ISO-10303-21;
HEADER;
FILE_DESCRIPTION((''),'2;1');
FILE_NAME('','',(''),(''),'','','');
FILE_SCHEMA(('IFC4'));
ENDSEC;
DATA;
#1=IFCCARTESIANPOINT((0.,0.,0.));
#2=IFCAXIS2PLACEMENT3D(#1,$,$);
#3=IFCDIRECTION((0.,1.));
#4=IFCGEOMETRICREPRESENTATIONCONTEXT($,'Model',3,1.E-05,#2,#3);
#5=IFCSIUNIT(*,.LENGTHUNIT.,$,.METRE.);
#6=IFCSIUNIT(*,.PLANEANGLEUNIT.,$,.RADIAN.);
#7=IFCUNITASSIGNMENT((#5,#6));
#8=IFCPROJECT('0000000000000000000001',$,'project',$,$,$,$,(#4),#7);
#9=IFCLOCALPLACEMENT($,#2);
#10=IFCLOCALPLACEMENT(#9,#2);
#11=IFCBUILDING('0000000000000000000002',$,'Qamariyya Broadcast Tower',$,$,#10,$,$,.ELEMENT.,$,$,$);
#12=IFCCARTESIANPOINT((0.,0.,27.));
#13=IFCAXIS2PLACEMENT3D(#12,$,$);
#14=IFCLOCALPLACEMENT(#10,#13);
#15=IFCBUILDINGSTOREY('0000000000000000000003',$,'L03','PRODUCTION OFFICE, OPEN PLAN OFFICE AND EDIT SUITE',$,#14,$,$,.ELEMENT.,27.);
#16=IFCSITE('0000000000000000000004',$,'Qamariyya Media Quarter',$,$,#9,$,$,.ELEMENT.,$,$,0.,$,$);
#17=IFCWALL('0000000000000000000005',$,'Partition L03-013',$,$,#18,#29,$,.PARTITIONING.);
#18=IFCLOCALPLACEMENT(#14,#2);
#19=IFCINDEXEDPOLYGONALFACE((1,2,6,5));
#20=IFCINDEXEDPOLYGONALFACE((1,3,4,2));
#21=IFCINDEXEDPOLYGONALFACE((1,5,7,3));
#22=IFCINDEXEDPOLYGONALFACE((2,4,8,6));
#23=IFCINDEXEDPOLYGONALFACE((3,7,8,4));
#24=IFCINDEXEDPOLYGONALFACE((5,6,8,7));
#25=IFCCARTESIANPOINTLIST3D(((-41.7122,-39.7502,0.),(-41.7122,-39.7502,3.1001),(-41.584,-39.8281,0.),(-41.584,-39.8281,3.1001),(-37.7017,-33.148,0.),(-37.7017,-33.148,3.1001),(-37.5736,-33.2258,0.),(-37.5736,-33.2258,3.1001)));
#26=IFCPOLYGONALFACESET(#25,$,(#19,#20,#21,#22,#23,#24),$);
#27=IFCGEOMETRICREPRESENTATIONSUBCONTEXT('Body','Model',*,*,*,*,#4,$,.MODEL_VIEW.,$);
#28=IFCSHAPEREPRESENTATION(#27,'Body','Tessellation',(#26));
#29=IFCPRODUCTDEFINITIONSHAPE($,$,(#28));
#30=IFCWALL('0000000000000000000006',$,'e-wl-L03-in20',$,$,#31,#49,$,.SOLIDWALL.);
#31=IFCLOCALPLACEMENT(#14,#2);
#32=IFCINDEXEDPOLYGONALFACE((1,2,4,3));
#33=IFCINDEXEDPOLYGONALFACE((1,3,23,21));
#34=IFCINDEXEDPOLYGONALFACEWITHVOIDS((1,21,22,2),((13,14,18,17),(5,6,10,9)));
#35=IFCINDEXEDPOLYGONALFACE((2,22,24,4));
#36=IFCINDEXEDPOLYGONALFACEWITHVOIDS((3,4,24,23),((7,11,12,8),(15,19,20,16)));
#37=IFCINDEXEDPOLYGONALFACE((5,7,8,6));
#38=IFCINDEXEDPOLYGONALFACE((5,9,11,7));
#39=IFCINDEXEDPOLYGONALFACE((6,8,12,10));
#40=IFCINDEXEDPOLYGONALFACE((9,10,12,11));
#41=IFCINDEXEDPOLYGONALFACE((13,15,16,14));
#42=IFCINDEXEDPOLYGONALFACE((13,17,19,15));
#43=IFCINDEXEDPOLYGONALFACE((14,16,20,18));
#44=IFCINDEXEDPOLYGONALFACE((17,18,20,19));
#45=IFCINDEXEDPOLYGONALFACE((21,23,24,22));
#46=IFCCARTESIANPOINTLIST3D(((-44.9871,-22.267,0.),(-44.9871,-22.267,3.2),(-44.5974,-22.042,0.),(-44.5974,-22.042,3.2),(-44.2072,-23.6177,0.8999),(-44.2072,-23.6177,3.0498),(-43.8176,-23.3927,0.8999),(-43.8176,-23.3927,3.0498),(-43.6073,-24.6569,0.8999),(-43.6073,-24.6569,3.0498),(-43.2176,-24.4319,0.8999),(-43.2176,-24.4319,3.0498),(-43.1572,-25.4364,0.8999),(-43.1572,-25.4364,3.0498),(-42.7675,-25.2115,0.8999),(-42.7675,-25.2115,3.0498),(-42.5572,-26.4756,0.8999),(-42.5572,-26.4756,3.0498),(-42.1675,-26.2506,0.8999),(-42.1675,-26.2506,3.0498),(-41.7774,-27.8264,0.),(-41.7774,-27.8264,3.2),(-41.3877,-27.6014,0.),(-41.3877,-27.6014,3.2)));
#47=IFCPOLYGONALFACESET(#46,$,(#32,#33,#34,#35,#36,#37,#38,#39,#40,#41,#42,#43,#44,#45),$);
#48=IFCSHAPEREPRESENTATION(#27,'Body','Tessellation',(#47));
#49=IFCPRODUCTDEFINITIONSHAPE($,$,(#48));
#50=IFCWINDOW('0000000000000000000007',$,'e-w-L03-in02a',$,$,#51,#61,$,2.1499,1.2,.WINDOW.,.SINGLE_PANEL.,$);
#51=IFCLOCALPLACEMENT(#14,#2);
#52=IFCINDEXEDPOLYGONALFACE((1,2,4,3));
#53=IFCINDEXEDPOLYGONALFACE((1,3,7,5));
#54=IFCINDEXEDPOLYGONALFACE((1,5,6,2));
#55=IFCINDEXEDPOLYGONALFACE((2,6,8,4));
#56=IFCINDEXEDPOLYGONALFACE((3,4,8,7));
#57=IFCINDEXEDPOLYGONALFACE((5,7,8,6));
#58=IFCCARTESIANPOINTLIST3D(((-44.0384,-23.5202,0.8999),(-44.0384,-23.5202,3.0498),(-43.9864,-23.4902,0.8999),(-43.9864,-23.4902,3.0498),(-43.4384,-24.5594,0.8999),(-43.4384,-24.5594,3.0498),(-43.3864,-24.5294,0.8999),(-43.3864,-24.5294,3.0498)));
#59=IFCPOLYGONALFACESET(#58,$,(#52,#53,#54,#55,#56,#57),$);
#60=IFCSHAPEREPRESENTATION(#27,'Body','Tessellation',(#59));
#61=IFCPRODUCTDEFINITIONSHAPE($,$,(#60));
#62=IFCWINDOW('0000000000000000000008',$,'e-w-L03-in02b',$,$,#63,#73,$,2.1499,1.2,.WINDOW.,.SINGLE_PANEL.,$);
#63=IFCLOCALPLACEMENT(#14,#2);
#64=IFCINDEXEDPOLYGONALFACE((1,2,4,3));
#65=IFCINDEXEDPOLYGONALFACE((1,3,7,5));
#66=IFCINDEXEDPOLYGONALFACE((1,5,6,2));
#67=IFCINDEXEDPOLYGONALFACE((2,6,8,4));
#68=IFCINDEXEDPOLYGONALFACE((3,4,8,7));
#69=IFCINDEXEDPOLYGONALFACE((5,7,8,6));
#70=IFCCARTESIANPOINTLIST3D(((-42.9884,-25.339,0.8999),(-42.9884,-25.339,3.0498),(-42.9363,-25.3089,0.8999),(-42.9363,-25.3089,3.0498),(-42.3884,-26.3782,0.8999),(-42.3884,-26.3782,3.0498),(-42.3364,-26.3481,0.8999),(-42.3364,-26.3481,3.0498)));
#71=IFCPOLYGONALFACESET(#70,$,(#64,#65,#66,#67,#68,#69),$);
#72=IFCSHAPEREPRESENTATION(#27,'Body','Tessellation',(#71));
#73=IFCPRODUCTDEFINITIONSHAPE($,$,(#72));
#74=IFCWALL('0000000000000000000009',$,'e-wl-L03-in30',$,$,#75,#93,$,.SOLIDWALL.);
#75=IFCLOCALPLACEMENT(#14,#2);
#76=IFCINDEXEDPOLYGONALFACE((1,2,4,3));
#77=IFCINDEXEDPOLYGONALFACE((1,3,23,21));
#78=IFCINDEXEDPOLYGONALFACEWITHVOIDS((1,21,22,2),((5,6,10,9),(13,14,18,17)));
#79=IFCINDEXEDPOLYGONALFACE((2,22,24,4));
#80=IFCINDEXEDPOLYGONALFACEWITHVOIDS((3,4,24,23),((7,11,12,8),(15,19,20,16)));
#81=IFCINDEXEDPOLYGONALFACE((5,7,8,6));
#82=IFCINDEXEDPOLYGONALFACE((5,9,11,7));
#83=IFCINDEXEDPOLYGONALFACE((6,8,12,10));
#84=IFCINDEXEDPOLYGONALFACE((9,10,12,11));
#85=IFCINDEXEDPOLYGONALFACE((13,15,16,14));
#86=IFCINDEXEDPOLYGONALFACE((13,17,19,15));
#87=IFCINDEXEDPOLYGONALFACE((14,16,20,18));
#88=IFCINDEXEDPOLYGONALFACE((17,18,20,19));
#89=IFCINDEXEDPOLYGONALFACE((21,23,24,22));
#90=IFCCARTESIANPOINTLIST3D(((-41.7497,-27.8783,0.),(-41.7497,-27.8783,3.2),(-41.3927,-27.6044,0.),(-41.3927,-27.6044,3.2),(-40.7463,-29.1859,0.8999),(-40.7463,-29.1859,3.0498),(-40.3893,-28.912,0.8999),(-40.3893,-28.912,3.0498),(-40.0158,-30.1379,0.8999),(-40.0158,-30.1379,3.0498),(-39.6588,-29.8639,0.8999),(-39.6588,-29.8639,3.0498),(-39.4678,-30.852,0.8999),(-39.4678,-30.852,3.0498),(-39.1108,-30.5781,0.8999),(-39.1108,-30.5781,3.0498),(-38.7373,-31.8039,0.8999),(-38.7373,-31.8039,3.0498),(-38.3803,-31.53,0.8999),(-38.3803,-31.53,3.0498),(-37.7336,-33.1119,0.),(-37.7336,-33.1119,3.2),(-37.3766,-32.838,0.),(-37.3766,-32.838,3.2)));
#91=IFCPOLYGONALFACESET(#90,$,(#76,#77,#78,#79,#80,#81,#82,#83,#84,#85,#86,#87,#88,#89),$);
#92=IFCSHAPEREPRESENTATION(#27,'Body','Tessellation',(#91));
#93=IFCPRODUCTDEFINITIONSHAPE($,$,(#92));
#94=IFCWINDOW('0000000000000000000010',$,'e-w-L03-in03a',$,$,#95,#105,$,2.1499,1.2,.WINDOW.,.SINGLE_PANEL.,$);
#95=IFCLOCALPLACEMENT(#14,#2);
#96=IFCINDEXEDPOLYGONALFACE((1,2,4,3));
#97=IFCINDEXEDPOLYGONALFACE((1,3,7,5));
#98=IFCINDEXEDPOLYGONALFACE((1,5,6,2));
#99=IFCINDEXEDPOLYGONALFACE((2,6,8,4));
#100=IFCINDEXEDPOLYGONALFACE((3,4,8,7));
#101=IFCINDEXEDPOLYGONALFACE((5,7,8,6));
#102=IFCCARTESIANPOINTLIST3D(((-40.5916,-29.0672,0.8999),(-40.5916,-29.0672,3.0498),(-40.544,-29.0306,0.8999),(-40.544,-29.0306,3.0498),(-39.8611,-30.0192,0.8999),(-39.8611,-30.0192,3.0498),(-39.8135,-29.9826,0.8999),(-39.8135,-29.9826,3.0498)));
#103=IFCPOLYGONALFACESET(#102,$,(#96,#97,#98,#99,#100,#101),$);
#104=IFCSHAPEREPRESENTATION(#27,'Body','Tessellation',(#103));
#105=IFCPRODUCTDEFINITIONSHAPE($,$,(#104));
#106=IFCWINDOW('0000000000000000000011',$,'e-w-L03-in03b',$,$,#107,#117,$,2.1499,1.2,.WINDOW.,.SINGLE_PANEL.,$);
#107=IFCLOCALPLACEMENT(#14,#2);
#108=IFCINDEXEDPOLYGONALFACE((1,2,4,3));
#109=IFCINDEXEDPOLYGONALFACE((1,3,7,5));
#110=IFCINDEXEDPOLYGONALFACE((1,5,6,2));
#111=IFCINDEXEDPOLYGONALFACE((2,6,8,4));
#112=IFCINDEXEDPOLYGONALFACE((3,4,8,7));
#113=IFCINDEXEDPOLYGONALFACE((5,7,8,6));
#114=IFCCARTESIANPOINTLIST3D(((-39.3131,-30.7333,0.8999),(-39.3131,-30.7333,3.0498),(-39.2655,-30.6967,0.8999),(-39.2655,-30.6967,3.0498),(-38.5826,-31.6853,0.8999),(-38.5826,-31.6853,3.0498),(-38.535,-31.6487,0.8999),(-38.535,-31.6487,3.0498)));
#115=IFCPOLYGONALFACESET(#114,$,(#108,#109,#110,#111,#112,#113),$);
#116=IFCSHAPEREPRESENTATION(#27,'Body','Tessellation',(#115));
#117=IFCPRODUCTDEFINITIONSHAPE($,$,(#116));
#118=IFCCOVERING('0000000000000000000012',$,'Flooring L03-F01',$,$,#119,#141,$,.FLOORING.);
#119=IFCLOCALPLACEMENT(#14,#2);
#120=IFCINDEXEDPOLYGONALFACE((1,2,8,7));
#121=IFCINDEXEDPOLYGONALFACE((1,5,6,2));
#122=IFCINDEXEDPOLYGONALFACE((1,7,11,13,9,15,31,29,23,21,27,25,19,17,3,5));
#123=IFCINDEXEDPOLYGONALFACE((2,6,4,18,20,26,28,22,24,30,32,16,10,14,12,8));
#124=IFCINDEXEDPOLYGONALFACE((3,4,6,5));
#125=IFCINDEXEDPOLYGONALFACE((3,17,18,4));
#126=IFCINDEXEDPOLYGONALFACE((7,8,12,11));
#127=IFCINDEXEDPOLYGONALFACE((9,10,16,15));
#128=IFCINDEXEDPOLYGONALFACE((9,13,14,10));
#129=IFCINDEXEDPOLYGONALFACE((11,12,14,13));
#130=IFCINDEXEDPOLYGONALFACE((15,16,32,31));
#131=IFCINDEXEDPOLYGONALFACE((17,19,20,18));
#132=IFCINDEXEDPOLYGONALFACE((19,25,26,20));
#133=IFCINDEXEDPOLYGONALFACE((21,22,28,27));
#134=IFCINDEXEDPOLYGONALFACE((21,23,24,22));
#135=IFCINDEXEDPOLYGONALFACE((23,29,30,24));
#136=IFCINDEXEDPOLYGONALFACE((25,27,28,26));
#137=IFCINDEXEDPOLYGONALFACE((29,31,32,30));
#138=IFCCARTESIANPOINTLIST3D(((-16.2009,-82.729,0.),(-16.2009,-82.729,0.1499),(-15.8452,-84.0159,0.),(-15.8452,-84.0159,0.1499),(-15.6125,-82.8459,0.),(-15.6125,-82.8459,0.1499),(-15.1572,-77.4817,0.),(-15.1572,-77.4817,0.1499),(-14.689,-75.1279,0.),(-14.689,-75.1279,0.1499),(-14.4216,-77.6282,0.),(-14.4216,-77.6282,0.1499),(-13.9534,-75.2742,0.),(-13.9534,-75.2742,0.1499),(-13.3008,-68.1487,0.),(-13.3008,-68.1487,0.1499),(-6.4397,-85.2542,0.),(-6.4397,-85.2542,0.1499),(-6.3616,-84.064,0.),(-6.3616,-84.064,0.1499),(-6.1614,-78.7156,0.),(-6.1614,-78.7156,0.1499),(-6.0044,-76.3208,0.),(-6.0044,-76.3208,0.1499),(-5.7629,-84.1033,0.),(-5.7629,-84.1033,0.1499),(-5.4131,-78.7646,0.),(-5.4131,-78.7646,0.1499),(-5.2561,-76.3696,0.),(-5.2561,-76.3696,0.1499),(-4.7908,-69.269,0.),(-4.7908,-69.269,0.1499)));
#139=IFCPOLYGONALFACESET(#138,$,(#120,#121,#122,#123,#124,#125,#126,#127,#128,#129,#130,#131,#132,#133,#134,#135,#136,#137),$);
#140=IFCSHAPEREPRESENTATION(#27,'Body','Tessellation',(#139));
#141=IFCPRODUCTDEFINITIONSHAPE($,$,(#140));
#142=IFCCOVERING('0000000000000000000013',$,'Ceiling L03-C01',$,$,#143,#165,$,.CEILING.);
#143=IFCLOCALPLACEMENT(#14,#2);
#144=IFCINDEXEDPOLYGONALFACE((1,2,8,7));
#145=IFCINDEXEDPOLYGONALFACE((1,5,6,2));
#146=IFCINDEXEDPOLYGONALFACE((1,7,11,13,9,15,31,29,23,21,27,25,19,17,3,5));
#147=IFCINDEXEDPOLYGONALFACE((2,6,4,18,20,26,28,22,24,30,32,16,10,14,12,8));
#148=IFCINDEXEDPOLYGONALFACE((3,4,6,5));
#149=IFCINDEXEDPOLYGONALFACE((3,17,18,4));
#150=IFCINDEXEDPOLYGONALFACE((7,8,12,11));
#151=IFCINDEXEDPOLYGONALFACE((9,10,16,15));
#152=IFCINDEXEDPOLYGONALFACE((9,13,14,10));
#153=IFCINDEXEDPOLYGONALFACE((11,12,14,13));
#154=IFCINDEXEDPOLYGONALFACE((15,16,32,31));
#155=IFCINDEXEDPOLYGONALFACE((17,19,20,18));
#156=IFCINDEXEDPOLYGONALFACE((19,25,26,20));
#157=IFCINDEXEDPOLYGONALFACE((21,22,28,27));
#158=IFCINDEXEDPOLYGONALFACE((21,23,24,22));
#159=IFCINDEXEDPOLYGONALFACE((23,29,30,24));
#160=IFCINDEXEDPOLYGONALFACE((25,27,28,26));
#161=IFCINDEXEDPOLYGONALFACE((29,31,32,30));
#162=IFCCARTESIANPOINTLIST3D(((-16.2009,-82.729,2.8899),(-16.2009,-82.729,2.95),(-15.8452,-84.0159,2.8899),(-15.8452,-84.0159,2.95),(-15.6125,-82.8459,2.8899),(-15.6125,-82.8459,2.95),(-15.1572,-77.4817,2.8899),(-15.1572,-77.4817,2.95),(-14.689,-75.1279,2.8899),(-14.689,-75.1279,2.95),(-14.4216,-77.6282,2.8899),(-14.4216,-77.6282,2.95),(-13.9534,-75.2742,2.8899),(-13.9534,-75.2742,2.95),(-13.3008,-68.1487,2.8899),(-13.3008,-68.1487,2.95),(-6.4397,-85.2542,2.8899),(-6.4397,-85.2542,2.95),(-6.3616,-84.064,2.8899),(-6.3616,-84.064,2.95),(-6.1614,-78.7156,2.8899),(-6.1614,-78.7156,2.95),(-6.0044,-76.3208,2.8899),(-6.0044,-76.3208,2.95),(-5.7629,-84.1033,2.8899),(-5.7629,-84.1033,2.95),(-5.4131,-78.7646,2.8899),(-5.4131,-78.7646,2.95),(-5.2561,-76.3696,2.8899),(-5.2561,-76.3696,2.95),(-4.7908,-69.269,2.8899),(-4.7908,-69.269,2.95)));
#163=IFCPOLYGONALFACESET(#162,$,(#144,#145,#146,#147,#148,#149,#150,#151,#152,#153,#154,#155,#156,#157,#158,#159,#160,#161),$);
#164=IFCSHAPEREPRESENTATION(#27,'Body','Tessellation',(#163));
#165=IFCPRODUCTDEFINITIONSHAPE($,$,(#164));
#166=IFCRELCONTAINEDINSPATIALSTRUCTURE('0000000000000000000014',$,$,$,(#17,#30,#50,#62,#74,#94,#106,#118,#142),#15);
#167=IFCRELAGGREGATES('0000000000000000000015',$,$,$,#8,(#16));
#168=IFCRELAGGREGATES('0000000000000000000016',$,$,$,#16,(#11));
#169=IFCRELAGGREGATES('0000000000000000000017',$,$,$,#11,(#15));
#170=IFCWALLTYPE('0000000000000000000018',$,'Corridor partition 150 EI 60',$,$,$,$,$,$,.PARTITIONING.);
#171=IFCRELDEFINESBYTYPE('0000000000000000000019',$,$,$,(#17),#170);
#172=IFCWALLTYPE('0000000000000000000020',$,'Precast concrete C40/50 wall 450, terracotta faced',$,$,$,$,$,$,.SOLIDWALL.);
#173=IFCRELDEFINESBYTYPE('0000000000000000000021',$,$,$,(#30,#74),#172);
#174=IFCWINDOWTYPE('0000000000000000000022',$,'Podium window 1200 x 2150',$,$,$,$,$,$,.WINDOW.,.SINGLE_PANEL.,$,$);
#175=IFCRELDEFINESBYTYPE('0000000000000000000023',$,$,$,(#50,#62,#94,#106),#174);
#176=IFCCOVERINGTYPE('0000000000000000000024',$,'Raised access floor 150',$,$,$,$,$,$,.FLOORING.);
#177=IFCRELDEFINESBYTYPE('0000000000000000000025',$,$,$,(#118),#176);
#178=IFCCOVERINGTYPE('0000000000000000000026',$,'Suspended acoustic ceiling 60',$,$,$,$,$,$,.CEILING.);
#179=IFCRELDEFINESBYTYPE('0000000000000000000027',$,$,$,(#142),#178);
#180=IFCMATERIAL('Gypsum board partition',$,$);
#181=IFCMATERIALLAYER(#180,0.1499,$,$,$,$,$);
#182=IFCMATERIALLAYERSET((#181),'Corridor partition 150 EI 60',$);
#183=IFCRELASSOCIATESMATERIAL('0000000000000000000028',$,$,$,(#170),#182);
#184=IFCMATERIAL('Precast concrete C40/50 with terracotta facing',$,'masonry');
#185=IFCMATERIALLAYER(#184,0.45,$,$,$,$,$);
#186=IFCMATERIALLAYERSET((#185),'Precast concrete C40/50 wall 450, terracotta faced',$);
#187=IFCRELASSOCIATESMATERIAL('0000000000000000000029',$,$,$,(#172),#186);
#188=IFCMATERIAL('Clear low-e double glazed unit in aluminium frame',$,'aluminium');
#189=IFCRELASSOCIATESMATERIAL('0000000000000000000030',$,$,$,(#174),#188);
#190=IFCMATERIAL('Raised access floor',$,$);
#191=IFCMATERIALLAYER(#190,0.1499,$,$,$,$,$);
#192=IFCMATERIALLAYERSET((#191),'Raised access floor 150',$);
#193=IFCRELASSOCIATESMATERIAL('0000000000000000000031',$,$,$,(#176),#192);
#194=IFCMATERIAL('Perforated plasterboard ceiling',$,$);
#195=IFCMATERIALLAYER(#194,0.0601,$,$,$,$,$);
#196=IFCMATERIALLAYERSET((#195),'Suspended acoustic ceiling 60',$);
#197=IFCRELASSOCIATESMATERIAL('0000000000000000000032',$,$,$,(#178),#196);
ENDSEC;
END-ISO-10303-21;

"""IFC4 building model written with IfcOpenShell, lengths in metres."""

from ifc_helpers import new_model, si_unit, direction, frame, frame_2d, origin, place, context, subcontext, project, spatial, polyline, rectangle, outline, extrude, material, layer, layer_set, type_object, element, fill, save


model = new_model("IFC4")

# Units and contexts
model_context = context("Model", 3, precision=1e-05, world=origin(), true_north=direction((0.0, 1.0)))
body_context = subcontext(model_context, "Body", "Model", "MODEL_VIEW")
ifc_project = project(units=[si_unit("LENGTHUNIT", "METRE"), si_unit("PLANEANGLEUNIT", "RADIAN")], contexts=[model_context])

# Site, building, storey
site_placement = place(None, origin())
site = spatial("IfcSite", under=ifc_project, at=site_placement, Name="Qamariyya Media Quarter", CompositionType="ELEMENT", RefElevation=0.0)
building_placement = place(site_placement, origin())
building = spatial("IfcBuilding", under=site, at=building_placement, Name="Qamariyya Broadcast Tower", CompositionType="ELEMENT")
storey_placement = place(building_placement, frame((0.0, 0.0, 27.0)))
storey = spatial("IfcBuildingStorey", under=building, at=storey_placement, Name="L03", Description="PRODUCTION OFFICE, OPEN PLAN OFFICE AND EDIT SUITE", CompositionType="ELEMENT", Elevation=27.0)

# Wall
ifc_material_1 = material(Name="Gypsum board partition")
ifc_layer_1 = layer(ifc_material_1, 0.1499)
ifc_layer_set_1 = layer_set([ifc_layer_1], Name="Corridor partition 150 EI 60")
wall_type_1 = type_object("IfcWallType", Name="Corridor partition 150 EI 60", PredefinedType="PARTITIONING", material=ifc_layer_set_1)
wall_1_placement = place(storey_placement, frame((-37.6377, -33.187, 0.0), z_axis=(0.0, 0.0, 1.0), x_axis=(-0.519164, -0.854675, 0.0)))
element("IfcWall", 1, at=wall_1_placement, inside=storey, type_object=wall_type_1, Name="Partition L03-013", PredefinedType="PARTITIONING", context=body_context, shape_type="SweptSolid", body=[
    extrude(rectangle(XDim=7.7249, YDim=0.1499, at=frame_2d((3.8623, 0.0))), origin(), (0.0, 0.0, 1.0), 3.1001),
])

# Walls, openings, windows
ifc_material_2 = material(Name="Precast concrete C40/50 with terracotta facing", Category="masonry")
ifc_layer_2 = layer(ifc_material_2, 0.45)
ifc_layer_set_2 = layer_set([ifc_layer_2], Name="Precast concrete C40/50 wall 450, terracotta faced")
wall_type_2 = type_object("IfcWallType", Name="Precast concrete C40/50 wall 450, terracotta faced", PredefinedType="SOLIDWALL", material=ifc_layer_set_2)
wall_2_placement = place(storey_placement, frame((-41.5825, -27.7139, 0.0), z_axis=(0.0, 0.0, 1.0), x_axis=(-0.500004, 0.866023, 0.0)))
wall_2 = element("IfcWall", 2, at=wall_2_placement, inside=storey, type_object=wall_type_2, Name="e-wl-L03-in20", PredefinedType="SOLIDWALL", context=body_context, shape_type="SweptSolid", body=[
    extrude(rectangle(XDim=6.4194, YDim=0.45, at=frame_2d((3.2097, 0.0))), origin(), (0.0, 0.0, 1.0), 3.2),
])
opening_1_placement = place(wall_2_placement, frame((3.6597, 0.0, 0.8999)))
opening_1 = element("IfcOpeningElement", 3, at=opening_1_placement, cuts=wall_2, PredefinedType="OPENING", context=body_context, shape_type="SweptSolid", body=[
    extrude(rectangle(XDim=1.2, YDim=2.1499, at=frame_2d((0.6001, 1.075))), frame((0.0, 0.2349, 0.0), z_axis=(0.0, -1.0, 0.0), x_axis=(1.0, 0.0, 0.0)), (0.0, 0.0, 1.0), 0.47),
])
opening_2_placement = place(wall_2_placement, frame((1.5596, 0.0, 0.8999)))
opening_2 = element("IfcOpeningElement", 4, at=opening_2_placement, cuts=wall_2, PredefinedType="OPENING", context=body_context, shape_type="SweptSolid", body=[
    extrude(rectangle(XDim=1.2, YDim=2.1499, at=frame_2d((0.6001, 1.075))), frame((0.0, 0.2349, 0.0), z_axis=(0.0, -1.0, 0.0), x_axis=(1.0, 0.0, 0.0)), (0.0, 0.0, 1.0), 0.47),
])
ifc_material_3 = material(Name="Clear low-e double glazed unit in aluminium frame", Category="aluminium")
window_type = type_object("IfcWindowType", Name="Podium window 1200 x 2150", PartitioningType="SINGLE_PANEL", PredefinedType="WINDOW", material=ifc_material_3)
window_1_placement = place(opening_1_placement, origin())
window_1 = element("IfcWindow", 5, at=window_1_placement, inside=storey, type_object=window_type, Name="e-w-L03-in02a", OverallHeight=2.1499, OverallWidth=1.2, PartitioningType="SINGLE_PANEL", PredefinedType="WINDOW", context=body_context, shape_type="SweptSolid", body=[
    extrude(rectangle(XDim=1.2, YDim=2.1499, at=frame_2d((0.6001, 1.075))), frame((0.0, 0.03, 0.0), z_axis=(0.0, -1.0, 0.0), x_axis=(1.0, 0.0, 0.0)), (0.0, 0.0, 1.0), 0.0601),
])
fill(opening_1, window_1)
window_2_placement = place(opening_2_placement, origin())
window_2 = element("IfcWindow", 6, at=window_2_placement, inside=storey, type_object=window_type, Name="e-w-L03-in02b", OverallHeight=2.1499, OverallWidth=1.2, PartitioningType="SINGLE_PANEL", PredefinedType="WINDOW", context=body_context, shape_type="SweptSolid", body=[
    extrude(rectangle(XDim=1.2, YDim=2.1499, at=frame_2d((0.6001, 1.075))), frame((0.0, 0.03, 0.0), z_axis=(0.0, -1.0, 0.0), x_axis=(1.0, 0.0, 0.0)), (0.0, 0.0, 1.0), 0.0601),
])
fill(opening_2, window_2)
wall_3_placement = place(storey_placement, frame((-37.5552, -32.9749, 0.0), z_axis=(0.0, 0.0, 1.0), x_axis=(-0.60878, 0.793339, 0.0)))
wall_3 = element("IfcWall", 7, at=wall_3_placement, inside=storey, type_object=wall_type_2, Name="e-wl-L03-in30", PredefinedType="SOLIDWALL", context=body_context, shape_type="SweptSolid", body=[
    extrude(rectangle(XDim=6.5969, YDim=0.45, at=frame_2d((3.2983, 0.0))), origin(), (0.0, 0.0, 1.0), 3.2),
])
opening_3_placement = place(wall_3_placement, frame((3.7485, 0.0, 0.8999)))
opening_3 = element("IfcOpeningElement", 8, at=opening_3_placement, cuts=wall_3, PredefinedType="OPENING", context=body_context, shape_type="SweptSolid", body=[
    extrude(rectangle(XDim=1.2, YDim=2.1499, at=frame_2d((0.6001, 1.075))), frame((0.0, 0.2349, 0.0), z_axis=(0.0, -1.0, 0.0), x_axis=(1.0, 0.0, 0.0)), (0.0, 0.0, 1.0), 0.47),
])
opening_4_placement = place(wall_3_placement, frame((1.6484, 0.0, 0.8999)))
opening_4 = element("IfcOpeningElement", 9, at=opening_4_placement, cuts=wall_3, PredefinedType="OPENING", context=body_context, shape_type="SweptSolid", body=[
    extrude(rectangle(XDim=1.2, YDim=2.1499, at=frame_2d((0.6001, 1.075))), frame((0.0, 0.2349, 0.0), z_axis=(0.0, -1.0, 0.0), x_axis=(1.0, 0.0, 0.0)), (0.0, 0.0, 1.0), 0.47),
])
window_3_placement = place(opening_3_placement, origin())
window_3 = element("IfcWindow", 10, at=window_3_placement, inside=storey, type_object=window_type, Name="e-w-L03-in03a", OverallHeight=2.1499, OverallWidth=1.2, PartitioningType="SINGLE_PANEL", PredefinedType="WINDOW", context=body_context, shape_type="SweptSolid", body=[
    extrude(rectangle(XDim=1.2, YDim=2.1499, at=frame_2d((0.6001, 1.075))), frame((0.0, 0.03, 0.0), z_axis=(0.0, -1.0, 0.0), x_axis=(1.0, 0.0, 0.0)), (0.0, 0.0, 1.0), 0.0601),
])
fill(opening_3, window_3)
window_4_placement = place(opening_4_placement, origin())
window_4 = element("IfcWindow", 11, at=window_4_placement, inside=storey, type_object=window_type, Name="e-w-L03-in03b", OverallHeight=2.1499, OverallWidth=1.2, PartitioningType="SINGLE_PANEL", PredefinedType="WINDOW", context=body_context, shape_type="SweptSolid", body=[
    extrude(rectangle(XDim=1.2, YDim=2.1499, at=frame_2d((0.6001, 1.075))), frame((0.0, 0.03, 0.0), z_axis=(0.0, -1.0, 0.0), x_axis=(1.0, 0.0, 0.0)), (0.0, 0.0, 1.0), 0.0601),
])
fill(opening_4, window_4)

# Coverings
ifc_material_4 = material(Name="Raised access floor")
ifc_layer_3 = layer(ifc_material_4, 0.1499)
ifc_layer_set_3 = layer_set([ifc_layer_3], Name="Raised access floor 150")
covering_type_1 = type_object("IfcCoveringType", Name="Raised access floor 150", PredefinedType="FLOORING", material=ifc_layer_set_3)
covering_1_placement = place(storey_placement, origin())
element("IfcCovering", 12, at=covering_1_placement, inside=storey, type_object=covering_type_1, Name="Flooring L03-F01", PredefinedType="FLOORING", context=body_context, shape_type="SweptSolid", body=[
    extrude(outline(polyline([(-5.2561, -76.3696), (-6.0044, -76.3208), (-6.1614, -78.7156), (-5.4131, -78.7646), (-5.7629, -84.1033), (-6.3616, -84.064), (-6.4397, -85.2542), (-15.8452, -84.0159), (-15.6125, -82.8459), (-16.2009, -82.729), (-15.1572, -77.4817), (-14.4216, -77.6282), (-13.9534, -75.2742), (-14.689, -75.1279), (-13.3008, -68.1487), (-4.7908, -69.269), (-5.2561, -76.3696)])), origin(), (0.0, 0.0, 1.0), 0.1499),
])
ifc_material_5 = material(Name="Perforated plasterboard ceiling")
ifc_layer_4 = layer(ifc_material_5, 0.0601)
ifc_layer_set_4 = layer_set([ifc_layer_4], Name="Suspended acoustic ceiling 60")
covering_type_2 = type_object("IfcCoveringType", Name="Suspended acoustic ceiling 60", PredefinedType="CEILING", material=ifc_layer_set_4)
covering_2_placement = place(storey_placement, frame((0.0, 0.0, 2.8899)))
element("IfcCovering", 13, at=covering_2_placement, inside=storey, type_object=covering_type_2, Name="Ceiling L03-C01", PredefinedType="CEILING", context=body_context, shape_type="SweptSolid", body=[
    extrude(outline(polyline([(-5.2561, -76.3696), (-6.0044, -76.3208), (-6.1614, -78.7156), (-5.4131, -78.7646), (-5.7629, -84.1033), (-6.3616, -84.064), (-6.4397, -85.2542), (-15.8452, -84.0159), (-15.6125, -82.8459), (-16.2009, -82.729), (-15.1572, -77.4817), (-14.4216, -77.6282), (-13.9534, -75.2742), (-14.689, -75.1279), (-13.3008, -68.1487), (-4.7908, -69.269), (-5.2561, -76.3696)])), origin(), (0.0, 0.0, 1.0), 0.0601),
])

save(model, "model.ifc")
